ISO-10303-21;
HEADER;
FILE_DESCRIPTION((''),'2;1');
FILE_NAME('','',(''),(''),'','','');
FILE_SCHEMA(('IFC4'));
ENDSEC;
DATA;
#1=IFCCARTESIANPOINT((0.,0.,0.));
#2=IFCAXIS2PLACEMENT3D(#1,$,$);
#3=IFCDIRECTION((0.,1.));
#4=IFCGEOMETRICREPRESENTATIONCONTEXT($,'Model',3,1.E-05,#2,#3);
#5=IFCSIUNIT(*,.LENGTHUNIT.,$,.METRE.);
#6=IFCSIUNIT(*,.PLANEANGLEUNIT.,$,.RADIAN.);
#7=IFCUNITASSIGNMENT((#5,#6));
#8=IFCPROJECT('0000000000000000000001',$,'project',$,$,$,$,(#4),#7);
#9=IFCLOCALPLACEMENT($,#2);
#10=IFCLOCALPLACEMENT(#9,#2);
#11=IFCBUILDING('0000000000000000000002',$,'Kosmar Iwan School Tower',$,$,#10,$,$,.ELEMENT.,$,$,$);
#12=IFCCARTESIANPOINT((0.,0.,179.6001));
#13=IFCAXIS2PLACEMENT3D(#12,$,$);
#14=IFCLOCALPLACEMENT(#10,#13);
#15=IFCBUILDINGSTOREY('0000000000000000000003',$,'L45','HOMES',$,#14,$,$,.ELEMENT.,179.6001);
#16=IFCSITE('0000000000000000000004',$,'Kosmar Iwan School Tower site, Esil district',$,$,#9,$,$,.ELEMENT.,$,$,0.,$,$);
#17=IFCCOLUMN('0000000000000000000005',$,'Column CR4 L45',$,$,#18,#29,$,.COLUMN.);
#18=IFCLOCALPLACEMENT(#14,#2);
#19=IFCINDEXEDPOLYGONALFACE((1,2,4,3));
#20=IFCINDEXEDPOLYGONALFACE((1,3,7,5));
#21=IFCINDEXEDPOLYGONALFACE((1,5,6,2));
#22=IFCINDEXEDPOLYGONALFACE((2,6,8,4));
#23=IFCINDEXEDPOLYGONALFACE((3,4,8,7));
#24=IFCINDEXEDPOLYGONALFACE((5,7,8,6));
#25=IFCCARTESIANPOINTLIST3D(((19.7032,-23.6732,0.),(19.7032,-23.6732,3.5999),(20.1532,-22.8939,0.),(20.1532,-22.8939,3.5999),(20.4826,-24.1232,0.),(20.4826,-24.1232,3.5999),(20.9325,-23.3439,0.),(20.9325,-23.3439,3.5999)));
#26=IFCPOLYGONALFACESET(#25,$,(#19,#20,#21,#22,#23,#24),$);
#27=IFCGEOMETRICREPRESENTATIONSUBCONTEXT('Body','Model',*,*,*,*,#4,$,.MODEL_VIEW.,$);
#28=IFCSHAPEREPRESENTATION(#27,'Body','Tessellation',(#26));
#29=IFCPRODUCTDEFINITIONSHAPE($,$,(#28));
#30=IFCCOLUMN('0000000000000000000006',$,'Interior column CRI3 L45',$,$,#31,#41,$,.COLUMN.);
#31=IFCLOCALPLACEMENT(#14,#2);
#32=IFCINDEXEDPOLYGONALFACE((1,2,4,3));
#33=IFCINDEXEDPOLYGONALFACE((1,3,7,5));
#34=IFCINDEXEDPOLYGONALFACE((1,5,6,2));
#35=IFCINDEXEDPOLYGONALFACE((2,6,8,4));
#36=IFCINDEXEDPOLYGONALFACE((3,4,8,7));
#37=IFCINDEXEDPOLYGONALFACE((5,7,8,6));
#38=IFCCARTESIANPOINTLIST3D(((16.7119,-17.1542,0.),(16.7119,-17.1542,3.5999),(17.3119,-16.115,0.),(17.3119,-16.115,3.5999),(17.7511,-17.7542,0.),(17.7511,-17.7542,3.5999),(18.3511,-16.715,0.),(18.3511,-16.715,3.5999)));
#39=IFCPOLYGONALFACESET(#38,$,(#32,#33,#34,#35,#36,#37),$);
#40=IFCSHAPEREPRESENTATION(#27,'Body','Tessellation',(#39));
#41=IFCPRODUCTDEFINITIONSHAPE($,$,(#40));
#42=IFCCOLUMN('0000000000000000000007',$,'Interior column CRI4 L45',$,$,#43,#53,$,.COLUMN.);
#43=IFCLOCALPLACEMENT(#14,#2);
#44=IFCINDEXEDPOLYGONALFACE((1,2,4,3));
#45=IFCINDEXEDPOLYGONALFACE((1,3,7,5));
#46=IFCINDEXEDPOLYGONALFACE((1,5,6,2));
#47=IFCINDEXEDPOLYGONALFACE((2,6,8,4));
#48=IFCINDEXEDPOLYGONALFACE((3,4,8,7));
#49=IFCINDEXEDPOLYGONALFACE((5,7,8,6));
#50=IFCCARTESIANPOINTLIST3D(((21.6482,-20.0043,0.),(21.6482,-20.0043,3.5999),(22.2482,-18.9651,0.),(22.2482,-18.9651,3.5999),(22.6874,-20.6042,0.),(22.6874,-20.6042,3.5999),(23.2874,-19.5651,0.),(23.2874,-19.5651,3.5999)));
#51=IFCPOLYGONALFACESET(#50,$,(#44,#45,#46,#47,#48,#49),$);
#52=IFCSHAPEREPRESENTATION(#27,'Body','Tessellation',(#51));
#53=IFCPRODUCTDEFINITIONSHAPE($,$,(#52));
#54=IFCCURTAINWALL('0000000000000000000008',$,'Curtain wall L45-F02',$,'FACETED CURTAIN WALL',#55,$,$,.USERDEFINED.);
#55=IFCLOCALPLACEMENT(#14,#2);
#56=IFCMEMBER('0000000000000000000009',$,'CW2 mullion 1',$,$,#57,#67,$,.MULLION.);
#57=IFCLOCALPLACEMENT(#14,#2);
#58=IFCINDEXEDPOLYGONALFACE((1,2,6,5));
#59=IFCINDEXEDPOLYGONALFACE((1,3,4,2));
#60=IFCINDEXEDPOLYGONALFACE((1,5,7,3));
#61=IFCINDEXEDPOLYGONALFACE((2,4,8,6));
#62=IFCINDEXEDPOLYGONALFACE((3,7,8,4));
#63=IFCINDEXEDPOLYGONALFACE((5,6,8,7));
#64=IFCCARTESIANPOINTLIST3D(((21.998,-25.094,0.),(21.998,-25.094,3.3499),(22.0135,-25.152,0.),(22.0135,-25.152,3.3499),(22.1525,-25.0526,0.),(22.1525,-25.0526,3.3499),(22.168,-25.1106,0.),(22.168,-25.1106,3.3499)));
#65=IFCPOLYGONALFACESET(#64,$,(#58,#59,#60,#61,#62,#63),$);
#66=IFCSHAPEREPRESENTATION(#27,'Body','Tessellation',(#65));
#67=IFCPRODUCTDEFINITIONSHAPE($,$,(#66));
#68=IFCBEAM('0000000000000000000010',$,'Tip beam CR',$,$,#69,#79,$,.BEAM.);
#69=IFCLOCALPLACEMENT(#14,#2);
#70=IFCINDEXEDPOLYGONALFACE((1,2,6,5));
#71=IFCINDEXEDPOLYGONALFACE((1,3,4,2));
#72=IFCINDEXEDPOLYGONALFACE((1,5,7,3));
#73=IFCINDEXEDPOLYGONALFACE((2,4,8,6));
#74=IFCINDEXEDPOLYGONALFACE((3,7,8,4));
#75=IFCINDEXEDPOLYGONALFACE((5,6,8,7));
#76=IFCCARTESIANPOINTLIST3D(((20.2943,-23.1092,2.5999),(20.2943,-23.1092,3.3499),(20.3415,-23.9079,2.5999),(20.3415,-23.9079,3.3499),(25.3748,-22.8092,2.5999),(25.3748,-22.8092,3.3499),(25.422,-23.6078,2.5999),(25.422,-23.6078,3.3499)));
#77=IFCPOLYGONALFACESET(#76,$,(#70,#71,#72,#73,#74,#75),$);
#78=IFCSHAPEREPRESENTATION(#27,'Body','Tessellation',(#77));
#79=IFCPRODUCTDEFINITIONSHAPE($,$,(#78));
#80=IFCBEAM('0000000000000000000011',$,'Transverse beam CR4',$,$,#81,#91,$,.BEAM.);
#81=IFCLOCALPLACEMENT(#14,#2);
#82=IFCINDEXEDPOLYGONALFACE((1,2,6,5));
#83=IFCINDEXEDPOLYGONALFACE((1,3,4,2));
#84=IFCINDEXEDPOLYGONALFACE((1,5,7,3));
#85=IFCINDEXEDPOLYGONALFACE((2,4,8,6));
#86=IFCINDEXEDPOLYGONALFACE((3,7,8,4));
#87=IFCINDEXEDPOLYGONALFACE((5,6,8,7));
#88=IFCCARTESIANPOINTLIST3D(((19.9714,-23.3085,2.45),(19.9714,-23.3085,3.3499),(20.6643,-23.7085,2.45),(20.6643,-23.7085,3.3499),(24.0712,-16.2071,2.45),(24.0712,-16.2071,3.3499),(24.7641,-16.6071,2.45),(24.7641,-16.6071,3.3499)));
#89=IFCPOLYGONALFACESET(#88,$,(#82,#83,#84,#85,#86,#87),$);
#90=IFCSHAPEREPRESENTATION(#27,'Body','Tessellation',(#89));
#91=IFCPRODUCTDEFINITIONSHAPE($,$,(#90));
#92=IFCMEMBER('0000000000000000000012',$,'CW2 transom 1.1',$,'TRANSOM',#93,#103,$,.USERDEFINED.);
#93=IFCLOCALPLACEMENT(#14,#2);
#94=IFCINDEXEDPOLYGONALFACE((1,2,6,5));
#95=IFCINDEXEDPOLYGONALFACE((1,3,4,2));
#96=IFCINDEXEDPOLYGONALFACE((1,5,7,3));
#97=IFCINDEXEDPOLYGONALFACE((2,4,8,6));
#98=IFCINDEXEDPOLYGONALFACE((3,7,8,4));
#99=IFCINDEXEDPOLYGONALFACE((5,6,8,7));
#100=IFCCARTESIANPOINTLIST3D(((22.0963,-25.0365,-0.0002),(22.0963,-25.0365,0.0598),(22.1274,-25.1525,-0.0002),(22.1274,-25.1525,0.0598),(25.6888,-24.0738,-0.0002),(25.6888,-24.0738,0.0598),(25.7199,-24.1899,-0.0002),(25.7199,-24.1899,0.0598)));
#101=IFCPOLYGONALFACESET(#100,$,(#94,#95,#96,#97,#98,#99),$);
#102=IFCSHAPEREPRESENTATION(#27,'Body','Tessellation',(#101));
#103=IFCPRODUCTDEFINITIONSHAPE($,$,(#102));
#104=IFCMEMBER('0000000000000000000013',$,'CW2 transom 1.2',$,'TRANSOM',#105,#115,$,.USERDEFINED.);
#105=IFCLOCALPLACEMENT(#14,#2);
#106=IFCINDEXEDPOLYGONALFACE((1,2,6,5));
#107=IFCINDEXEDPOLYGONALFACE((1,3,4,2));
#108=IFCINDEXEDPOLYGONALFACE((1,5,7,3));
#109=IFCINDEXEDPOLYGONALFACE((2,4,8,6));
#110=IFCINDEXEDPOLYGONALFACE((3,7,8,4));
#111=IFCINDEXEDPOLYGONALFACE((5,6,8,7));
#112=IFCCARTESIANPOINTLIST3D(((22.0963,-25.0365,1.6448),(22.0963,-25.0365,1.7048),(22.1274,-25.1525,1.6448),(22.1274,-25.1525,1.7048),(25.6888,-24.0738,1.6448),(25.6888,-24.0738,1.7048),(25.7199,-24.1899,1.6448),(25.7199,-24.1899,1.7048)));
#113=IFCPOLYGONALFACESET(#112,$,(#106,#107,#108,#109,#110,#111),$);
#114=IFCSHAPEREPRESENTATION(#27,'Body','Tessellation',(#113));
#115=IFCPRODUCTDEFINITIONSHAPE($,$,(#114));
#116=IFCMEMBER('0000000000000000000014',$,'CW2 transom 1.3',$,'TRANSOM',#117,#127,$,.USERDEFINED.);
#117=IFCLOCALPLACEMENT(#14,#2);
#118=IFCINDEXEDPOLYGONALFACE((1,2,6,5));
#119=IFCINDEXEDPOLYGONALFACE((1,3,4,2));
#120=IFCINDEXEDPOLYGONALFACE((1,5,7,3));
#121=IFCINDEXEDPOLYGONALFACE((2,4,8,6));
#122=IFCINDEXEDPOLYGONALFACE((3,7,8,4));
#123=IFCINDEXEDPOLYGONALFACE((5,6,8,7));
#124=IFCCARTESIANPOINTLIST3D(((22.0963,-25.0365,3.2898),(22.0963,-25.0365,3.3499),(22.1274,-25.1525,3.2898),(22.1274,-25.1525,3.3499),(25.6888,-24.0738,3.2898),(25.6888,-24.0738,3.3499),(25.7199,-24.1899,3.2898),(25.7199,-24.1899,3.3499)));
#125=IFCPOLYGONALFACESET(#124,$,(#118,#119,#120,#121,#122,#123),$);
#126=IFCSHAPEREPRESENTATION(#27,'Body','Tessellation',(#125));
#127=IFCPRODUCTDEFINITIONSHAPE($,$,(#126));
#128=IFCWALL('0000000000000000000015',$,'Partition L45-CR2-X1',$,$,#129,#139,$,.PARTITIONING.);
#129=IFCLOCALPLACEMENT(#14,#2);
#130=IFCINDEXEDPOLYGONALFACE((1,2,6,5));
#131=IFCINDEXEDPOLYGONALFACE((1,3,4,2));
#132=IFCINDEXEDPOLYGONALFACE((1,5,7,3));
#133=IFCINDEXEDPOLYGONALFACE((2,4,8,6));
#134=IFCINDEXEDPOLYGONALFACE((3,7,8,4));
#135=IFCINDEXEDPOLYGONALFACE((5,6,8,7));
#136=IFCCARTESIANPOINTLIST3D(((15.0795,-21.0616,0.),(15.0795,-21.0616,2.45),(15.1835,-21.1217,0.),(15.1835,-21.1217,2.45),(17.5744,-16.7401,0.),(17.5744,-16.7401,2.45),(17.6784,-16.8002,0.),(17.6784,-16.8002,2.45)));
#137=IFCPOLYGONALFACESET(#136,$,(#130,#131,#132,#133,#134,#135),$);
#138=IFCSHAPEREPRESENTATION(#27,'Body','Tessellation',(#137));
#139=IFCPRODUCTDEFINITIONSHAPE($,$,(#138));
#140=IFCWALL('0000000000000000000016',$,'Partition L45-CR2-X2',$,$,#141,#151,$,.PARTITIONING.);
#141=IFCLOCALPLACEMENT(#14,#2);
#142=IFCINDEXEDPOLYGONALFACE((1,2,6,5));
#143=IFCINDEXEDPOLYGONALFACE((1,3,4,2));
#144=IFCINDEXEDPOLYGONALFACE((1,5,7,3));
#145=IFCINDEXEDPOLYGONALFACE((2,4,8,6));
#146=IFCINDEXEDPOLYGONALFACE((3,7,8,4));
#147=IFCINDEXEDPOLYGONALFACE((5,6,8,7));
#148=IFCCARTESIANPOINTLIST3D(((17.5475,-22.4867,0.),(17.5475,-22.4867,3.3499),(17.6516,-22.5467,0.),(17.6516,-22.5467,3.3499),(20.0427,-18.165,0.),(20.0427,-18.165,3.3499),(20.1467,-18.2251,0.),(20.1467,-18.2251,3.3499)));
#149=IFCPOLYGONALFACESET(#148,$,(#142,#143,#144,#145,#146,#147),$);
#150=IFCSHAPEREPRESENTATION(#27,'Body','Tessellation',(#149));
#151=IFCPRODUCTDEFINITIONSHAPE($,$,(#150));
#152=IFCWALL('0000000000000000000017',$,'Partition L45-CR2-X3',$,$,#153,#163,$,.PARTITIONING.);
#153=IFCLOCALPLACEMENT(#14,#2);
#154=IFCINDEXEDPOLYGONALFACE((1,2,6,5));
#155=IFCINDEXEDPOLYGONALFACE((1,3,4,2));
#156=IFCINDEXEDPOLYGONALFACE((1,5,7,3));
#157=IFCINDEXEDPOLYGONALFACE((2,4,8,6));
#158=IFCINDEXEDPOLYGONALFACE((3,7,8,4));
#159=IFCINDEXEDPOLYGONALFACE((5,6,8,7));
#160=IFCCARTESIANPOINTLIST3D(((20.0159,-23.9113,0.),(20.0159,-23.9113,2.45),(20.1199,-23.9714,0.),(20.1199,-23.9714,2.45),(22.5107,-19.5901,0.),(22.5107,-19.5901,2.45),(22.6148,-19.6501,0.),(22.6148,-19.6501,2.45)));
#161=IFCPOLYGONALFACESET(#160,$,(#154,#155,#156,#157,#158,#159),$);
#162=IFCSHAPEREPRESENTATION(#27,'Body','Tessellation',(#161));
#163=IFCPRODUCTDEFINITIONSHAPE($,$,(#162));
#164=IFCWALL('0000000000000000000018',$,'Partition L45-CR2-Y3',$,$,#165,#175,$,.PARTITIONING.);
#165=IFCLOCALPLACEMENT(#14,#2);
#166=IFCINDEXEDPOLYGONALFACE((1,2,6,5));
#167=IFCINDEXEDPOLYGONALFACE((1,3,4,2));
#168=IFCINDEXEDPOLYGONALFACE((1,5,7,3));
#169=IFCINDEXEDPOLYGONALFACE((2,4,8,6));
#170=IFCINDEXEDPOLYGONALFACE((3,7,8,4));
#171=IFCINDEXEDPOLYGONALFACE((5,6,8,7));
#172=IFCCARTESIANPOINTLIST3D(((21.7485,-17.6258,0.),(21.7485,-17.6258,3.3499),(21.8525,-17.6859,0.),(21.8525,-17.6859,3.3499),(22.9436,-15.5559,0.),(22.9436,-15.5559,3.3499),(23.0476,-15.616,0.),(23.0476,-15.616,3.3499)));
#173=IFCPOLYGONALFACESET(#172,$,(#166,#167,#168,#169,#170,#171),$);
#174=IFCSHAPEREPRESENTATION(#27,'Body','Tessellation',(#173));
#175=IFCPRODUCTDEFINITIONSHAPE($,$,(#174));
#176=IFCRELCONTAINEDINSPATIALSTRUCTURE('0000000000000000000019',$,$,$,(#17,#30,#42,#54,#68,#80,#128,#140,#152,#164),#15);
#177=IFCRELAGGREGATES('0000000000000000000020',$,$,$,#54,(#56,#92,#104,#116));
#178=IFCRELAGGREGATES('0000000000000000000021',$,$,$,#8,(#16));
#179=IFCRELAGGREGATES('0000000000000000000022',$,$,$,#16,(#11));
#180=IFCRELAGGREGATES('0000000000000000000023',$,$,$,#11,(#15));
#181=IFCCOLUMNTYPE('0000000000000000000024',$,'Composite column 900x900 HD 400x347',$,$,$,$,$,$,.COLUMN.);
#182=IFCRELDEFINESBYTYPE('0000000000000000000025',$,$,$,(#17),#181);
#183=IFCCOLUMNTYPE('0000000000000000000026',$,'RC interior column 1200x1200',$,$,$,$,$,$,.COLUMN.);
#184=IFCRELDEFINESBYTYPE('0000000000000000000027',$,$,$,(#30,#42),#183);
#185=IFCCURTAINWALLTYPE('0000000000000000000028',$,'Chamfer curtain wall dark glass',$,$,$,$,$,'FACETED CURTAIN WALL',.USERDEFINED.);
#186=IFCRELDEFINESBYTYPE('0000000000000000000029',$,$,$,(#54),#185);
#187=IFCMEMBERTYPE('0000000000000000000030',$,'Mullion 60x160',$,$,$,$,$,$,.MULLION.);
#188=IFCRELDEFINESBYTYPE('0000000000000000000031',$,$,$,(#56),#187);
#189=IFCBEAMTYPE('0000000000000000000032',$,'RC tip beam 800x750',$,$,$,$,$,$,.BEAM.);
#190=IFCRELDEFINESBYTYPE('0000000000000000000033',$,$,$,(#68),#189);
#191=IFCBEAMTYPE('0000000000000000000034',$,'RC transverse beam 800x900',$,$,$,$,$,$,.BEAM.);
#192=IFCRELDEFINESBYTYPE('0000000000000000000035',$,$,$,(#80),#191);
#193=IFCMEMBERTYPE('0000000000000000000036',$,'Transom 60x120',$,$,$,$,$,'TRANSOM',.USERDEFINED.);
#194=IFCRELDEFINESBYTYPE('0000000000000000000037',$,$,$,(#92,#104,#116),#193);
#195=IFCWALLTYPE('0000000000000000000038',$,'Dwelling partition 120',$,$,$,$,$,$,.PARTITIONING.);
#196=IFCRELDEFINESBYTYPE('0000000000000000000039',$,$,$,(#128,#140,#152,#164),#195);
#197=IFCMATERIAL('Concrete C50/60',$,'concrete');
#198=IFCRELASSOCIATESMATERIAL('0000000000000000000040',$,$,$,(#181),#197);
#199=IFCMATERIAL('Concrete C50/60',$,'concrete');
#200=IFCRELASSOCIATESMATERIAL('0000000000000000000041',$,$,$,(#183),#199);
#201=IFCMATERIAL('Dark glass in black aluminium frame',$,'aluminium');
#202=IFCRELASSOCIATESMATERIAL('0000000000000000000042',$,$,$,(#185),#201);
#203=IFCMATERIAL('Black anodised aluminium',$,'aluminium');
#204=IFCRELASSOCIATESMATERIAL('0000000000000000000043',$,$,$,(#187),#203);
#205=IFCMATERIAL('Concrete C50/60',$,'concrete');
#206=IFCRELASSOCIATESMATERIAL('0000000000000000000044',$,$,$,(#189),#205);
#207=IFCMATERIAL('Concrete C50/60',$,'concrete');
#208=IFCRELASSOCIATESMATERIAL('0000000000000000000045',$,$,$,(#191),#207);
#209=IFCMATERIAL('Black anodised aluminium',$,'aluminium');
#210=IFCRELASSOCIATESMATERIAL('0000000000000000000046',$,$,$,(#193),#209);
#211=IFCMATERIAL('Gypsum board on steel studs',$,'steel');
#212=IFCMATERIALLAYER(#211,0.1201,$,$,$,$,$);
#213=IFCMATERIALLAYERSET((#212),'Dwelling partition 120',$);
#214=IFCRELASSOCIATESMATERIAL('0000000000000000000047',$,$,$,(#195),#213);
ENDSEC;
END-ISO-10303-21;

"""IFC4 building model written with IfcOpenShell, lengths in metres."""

from ifc_helpers import new_model, si_unit, direction, frame, frame_2d, origin, origin_2d, place, context, subcontext, project, spatial, rectangle, extrude, material, layer, layer_set, material_profile, profile_set, type_object, element, aggregate, save


model = new_model("IFC4")

# Units and contexts
model_context = context("Model", 3, precision=1e-05, world=origin(), true_north=direction((0.0, 1.0)))
body_context = subcontext(model_context, "Body", "Model", "MODEL_VIEW")
ifc_project = project(units=[si_unit("LENGTHUNIT", "METRE"), si_unit("PLANEANGLEUNIT", "RADIAN")], contexts=[model_context])

# Site, building, storey
site_placement = place(None, origin())
site = spatial("IfcSite", under=ifc_project, at=site_placement, Name="Kosmar Iwan School Tower site, Esil district", CompositionType="ELEMENT", RefElevation=0.0)
building_placement = place(site_placement, origin())
building = spatial("IfcBuilding", under=site, at=building_placement, Name="Kosmar Iwan School Tower", CompositionType="ELEMENT")
storey_placement = place(building_placement, frame((0.0, 0.0, 179.6001)))
storey = spatial("IfcBuildingStorey", under=building, at=storey_placement, Name="L45", Description="HOMES", CompositionType="ELEMENT", Elevation=179.6001)

# Columns
ifc_material_1 = material(Name="Concrete C50/60", Category="concrete")
ifc_material_profile_1 = material_profile(ifc_material_1, rectangle(XDim=0.8999, YDim=0.8999, at=origin_2d()), Name="RC 900x900 + HD 400x347")
ifc_profile_set_1 = profile_set([ifc_material_profile_1], Name="Concrete C50/60")
column_type_1 = type_object("IfcColumnType", Name="Composite column 900x900 HD 400x347", PredefinedType="COLUMN", material=ifc_profile_set_1)
column_placement = place(storey_placement, frame((20.3179, -23.5085, 0.0), z_axis=(0.0, 0.0, 1.0), x_axis=(0.866025, -0.5, 0.0)))
element("IfcColumn", 1, at=column_placement, inside=storey, type_object=column_type_1, Name="Column CR4 L45", PredefinedType="COLUMN", context=body_context, shape_type="SweptSolid", body=[
    extrude(rectangle(XDim=0.8999, YDim=0.8999, at=origin_2d()), origin(), (0.0, 0.0, 1.0), 3.5999),
])
ifc_material_2 = material(Name="Concrete C50/60", Category="concrete")
ifc_material_profile_2 = material_profile(ifc_material_2, rectangle(XDim=1.2, YDim=1.2, at=origin_2d()), Name="RC 1200x1200")
ifc_profile_set_2 = profile_set([ifc_material_profile_2], Name="Concrete C50/60")
column_type_2 = type_object("IfcColumnType", Name="RC interior column 1200x1200", PredefinedType="COLUMN", material=ifc_profile_set_2)
for number, where, z_axis, x_axis, name in (
    (2, (17.5315, -16.9346, 0.0), (0.0, 0.0, 1.0), (0.866025, -0.5, 0.0), "Interior column CRI3 L45"),
    (3, (22.4678, -19.7847, 0.0), (0.0, 0.0, 1.0), (0.866025, -0.5, 0.0), "Interior column CRI4 L45"),
):
    element("IfcColumn", number, at=place(storey_placement, frame(where, z_axis=z_axis, x_axis=x_axis)), inside=storey, type_object=column_type_2, Name=name, PredefinedType="COLUMN", context=body_context, shape_type="SweptSolid", body=[
        extrude(rectangle(XDim=1.2, YDim=1.2, at=origin_2d()), origin(), (0.0, 0.0, 1.0), 3.5999),
    ])

# Curtain wall, member
ifc_material_3 = material(Name="Dark glass in black aluminium frame", Category="aluminium")
curtain_wall_type = type_object("IfcCurtainWallType", Name="Chamfer curtain wall dark glass", ElementType="FACETED CURTAIN WALL", PredefinedType="USERDEFINED", material=ifc_material_3)
curtain_wall_placement = place(storey_placement, origin())
curtain_wall = element("IfcCurtainWall", 4, at=curtain_wall_placement, inside=storey, type_object=curtain_wall_type, Name="Curtain wall L45-F02", ObjectType="FACETED CURTAIN WALL", PredefinedType="USERDEFINED")
ifc_material_4 = material(Name="Black anodised aluminium", Category="aluminium")
ifc_material_profile_3 = material_profile(ifc_material_4, rectangle(XDim=0.0601, YDim=0.1599, at=origin_2d()), Name="MULLION 60x160")
ifc_profile_set_3 = profile_set([ifc_material_profile_3], Name="Black anodised aluminium")
member_type_1 = type_object("IfcMemberType", Name="Mullion 60x160", PredefinedType="MULLION", material=ifc_profile_set_3)
member_1_placement = place(storey_placement, frame((22.083, -25.1023, 0.0), z_axis=(0.0, 0.0, 1.0), x_axis=(-0.258819, 0.965926, 0.0)))
member_1 = element("IfcMember", 5, at=member_1_placement, type_object=member_type_1, Name="CW2 mullion 1", PredefinedType="MULLION", context=body_context, shape_type="SweptSolid", body=[
    extrude(rectangle(XDim=0.0601, YDim=0.1599, at=origin_2d()), origin(), (0.0, 0.0, 1.0), 3.3499),
])

# Beams
ifc_material_5 = material(Name="Concrete C50/60", Category="concrete")
ifc_material_profile_4 = material_profile(ifc_material_5, rectangle(XDim=0.8, YDim=0.75, at=origin_2d()), Name="RC 800x750")
ifc_profile_set_4 = profile_set([ifc_material_profile_4], Name="Concrete C50/60")
beam_type_1 = type_object("IfcBeamType", Name="RC tip beam 800x750", PredefinedType="BEAM", material=ifc_profile_set_4)
beam_1_placement = place(storey_placement, frame((20.3179, -23.5085, 2.9749), z_axis=(0.998261, 0.058955, 0.0), x_axis=(-0.058955, 0.998261, 0.0)))
element("IfcBeam", 6, at=beam_1_placement, inside=storey, type_object=beam_type_1, Name="Tip beam CR", PredefinedType="BEAM", context=body_context, shape_type="SweptSolid", body=[
    extrude(rectangle(XDim=0.8, YDim=0.75, at=origin_2d()), origin(), (0.0, 0.0, 1.0), 5.0894),
])
ifc_material_6 = material(Name="Concrete C50/60", Category="concrete")
ifc_material_profile_5 = material_profile(ifc_material_6, rectangle(XDim=0.8, YDim=0.8999, at=origin_2d()), Name="RC 800x900")
ifc_profile_set_5 = profile_set([ifc_material_profile_5], Name="Concrete C50/60")
beam_type_2 = type_object("IfcBeamType", Name="RC transverse beam 800x900", PredefinedType="BEAM", material=ifc_profile_set_5)
beam_2_placement = place(storey_placement, frame((20.3179, -23.5085, 2.8999), z_axis=(0.499978, 0.866038, 0.0), x_axis=(-0.866038, 0.499978, 0.0)))
element("IfcBeam", 7, at=beam_2_placement, inside=storey, type_object=beam_type_2, Name="Transverse beam CR4", PredefinedType="BEAM", context=body_context, shape_type="SweptSolid", body=[
    extrude(rectangle(XDim=0.8, YDim=0.8999, at=origin_2d()), origin(), (0.0, 0.0, 1.0), 8.2),
])

# Members
ifc_material_7 = material(Name="Black anodised aluminium", Category="aluminium")
ifc_material_profile_6 = material_profile(ifc_material_7, rectangle(XDim=0.1201, YDim=0.0601, at=origin_2d()), Name="TRANSOM 60x120")
ifc_profile_set_6 = profile_set([ifc_material_profile_6], Name="Black anodised aluminium")
member_type_2 = type_object("IfcMemberType", Name="Transom 60x120", ElementType="TRANSOM", PredefinedType="USERDEFINED", material=ifc_profile_set_6)
member_2_placement = place(storey_placement, frame((22.1118, -25.0945, 0.0298), z_axis=(0.965924, 0.258827, 0.0), x_axis=(-0.258827, 0.965924, 0.0)))
member_2 = element("IfcMember", 8, at=member_2_placement, type_object=member_type_2, Name="CW2 transom 1.1", ObjectType="TRANSOM", PredefinedType="USERDEFINED", context=body_context, shape_type="SweptSolid", body=[
    extrude(rectangle(XDim=0.1201, YDim=0.0601, at=origin_2d()), origin(), (0.0, 0.0, 1.0), 3.7192),
])
member_3_placement = place(storey_placement, frame((22.1118, -25.0945, 1.6748), z_axis=(0.965924, 0.258827, 0.0), x_axis=(-0.258827, 0.965924, 0.0)))
member_3 = element("IfcMember", 9, at=member_3_placement, type_object=member_type_2, Name="CW2 transom 1.2", ObjectType="TRANSOM", PredefinedType="USERDEFINED", context=body_context, shape_type="SweptSolid", body=[
    extrude(rectangle(XDim=0.1201, YDim=0.0601, at=origin_2d()), origin(), (0.0, 0.0, 1.0), 3.7192),
])
member_4_placement = place(storey_placement, frame((22.1118, -25.0945, 3.3198), z_axis=(0.965924, 0.258827, 0.0), x_axis=(-0.258827, 0.965924, 0.0)))
member_4 = element("IfcMember", 10, at=member_4_placement, type_object=member_type_2, Name="CW2 transom 1.3", ObjectType="TRANSOM", PredefinedType="USERDEFINED", context=body_context, shape_type="SweptSolid", body=[
    extrude(rectangle(XDim=0.1201, YDim=0.0601, at=origin_2d()), origin(), (0.0, 0.0, 1.0), 3.7192),
])
aggregate(curtain_wall, [member_1, member_2, member_3, member_4])

# Walls
ifc_material_8 = material(Name="Gypsum board on steel studs", Category="steel")
ifc_layer = layer(ifc_material_8, 0.1201)
ifc_layer_set = layer_set([ifc_layer], Name="Dwelling partition 120")
wall_type = type_object("IfcWallType", Name="Dwelling partition 120", PredefinedType="PARTITIONING", material=ifc_layer_set)
wall_1_placement = place(storey_placement, frame((17.6265, -16.77, 0.0), z_axis=(0.0, 0.0, 1.0), x_axis=(-0.499975, -0.86604, 0.0)))
element("IfcWall", 11, at=wall_1_placement, inside=storey, type_object=wall_type, Name="Partition L45-CR2-X1", PredefinedType="PARTITIONING", context=body_context, shape_type="SweptSolid", body=[
    extrude(rectangle(XDim=4.99, YDim=0.1201, at=frame_2d((2.4951, 0.0))), origin(), (0.0, 0.0, 1.0), 2.45),
])
wall_2_placement = place(storey_placement, frame((20.0947, -18.1951, 0.0), z_axis=(0.0, 0.0, 1.0), x_axis=(-0.500012, -0.866019, 0.0)))
element("IfcWall", 12, at=wall_2_placement, inside=storey, type_object=wall_type, Name="Partition L45-CR2-X2", PredefinedType="PARTITIONING", context=body_context, shape_type="SweptSolid", body=[
    extrude(rectangle(XDim=4.9902, YDim=0.1201, at=frame_2d((2.4951, 0.0))), origin(), (0.0, 0.0, 1.0), 3.3499),
])
wall_3_placement = place(storey_placement, frame((22.5627, -19.6201, 0.0), z_axis=(0.0, 0.0, 1.0), x_axis=(-0.499996, -0.866028, 0.0)))
element("IfcWall", 13, at=wall_3_placement, inside=storey, type_object=wall_type, Name="Partition L45-CR2-X3", PredefinedType="PARTITIONING", context=body_context, shape_type="SweptSolid", body=[
    extrude(rectangle(XDim=4.9897, YDim=0.1201, at=frame_2d((2.4949, 0.0))), origin(), (0.0, 0.0, 1.0), 2.45),
])
wall_4_placement = place(storey_placement, frame((22.9956, -15.5859, 0.0), z_axis=(0.0, 0.0, 1.0), x_axis=(-0.500017, -0.866015, 0.0)))
element("IfcWall", 14, at=wall_4_placement, inside=storey, type_object=wall_type, Name="Partition L45-CR2-Y3", PredefinedType="PARTITIONING", context=body_context, shape_type="SweptSolid", body=[
    extrude(rectangle(XDim=2.3901, YDim=0.1201, at=frame_2d((1.1951, 0.0))), origin(), (0.0, 0.0, 1.0), 3.3499),
])

save(model, "model.ifc")
